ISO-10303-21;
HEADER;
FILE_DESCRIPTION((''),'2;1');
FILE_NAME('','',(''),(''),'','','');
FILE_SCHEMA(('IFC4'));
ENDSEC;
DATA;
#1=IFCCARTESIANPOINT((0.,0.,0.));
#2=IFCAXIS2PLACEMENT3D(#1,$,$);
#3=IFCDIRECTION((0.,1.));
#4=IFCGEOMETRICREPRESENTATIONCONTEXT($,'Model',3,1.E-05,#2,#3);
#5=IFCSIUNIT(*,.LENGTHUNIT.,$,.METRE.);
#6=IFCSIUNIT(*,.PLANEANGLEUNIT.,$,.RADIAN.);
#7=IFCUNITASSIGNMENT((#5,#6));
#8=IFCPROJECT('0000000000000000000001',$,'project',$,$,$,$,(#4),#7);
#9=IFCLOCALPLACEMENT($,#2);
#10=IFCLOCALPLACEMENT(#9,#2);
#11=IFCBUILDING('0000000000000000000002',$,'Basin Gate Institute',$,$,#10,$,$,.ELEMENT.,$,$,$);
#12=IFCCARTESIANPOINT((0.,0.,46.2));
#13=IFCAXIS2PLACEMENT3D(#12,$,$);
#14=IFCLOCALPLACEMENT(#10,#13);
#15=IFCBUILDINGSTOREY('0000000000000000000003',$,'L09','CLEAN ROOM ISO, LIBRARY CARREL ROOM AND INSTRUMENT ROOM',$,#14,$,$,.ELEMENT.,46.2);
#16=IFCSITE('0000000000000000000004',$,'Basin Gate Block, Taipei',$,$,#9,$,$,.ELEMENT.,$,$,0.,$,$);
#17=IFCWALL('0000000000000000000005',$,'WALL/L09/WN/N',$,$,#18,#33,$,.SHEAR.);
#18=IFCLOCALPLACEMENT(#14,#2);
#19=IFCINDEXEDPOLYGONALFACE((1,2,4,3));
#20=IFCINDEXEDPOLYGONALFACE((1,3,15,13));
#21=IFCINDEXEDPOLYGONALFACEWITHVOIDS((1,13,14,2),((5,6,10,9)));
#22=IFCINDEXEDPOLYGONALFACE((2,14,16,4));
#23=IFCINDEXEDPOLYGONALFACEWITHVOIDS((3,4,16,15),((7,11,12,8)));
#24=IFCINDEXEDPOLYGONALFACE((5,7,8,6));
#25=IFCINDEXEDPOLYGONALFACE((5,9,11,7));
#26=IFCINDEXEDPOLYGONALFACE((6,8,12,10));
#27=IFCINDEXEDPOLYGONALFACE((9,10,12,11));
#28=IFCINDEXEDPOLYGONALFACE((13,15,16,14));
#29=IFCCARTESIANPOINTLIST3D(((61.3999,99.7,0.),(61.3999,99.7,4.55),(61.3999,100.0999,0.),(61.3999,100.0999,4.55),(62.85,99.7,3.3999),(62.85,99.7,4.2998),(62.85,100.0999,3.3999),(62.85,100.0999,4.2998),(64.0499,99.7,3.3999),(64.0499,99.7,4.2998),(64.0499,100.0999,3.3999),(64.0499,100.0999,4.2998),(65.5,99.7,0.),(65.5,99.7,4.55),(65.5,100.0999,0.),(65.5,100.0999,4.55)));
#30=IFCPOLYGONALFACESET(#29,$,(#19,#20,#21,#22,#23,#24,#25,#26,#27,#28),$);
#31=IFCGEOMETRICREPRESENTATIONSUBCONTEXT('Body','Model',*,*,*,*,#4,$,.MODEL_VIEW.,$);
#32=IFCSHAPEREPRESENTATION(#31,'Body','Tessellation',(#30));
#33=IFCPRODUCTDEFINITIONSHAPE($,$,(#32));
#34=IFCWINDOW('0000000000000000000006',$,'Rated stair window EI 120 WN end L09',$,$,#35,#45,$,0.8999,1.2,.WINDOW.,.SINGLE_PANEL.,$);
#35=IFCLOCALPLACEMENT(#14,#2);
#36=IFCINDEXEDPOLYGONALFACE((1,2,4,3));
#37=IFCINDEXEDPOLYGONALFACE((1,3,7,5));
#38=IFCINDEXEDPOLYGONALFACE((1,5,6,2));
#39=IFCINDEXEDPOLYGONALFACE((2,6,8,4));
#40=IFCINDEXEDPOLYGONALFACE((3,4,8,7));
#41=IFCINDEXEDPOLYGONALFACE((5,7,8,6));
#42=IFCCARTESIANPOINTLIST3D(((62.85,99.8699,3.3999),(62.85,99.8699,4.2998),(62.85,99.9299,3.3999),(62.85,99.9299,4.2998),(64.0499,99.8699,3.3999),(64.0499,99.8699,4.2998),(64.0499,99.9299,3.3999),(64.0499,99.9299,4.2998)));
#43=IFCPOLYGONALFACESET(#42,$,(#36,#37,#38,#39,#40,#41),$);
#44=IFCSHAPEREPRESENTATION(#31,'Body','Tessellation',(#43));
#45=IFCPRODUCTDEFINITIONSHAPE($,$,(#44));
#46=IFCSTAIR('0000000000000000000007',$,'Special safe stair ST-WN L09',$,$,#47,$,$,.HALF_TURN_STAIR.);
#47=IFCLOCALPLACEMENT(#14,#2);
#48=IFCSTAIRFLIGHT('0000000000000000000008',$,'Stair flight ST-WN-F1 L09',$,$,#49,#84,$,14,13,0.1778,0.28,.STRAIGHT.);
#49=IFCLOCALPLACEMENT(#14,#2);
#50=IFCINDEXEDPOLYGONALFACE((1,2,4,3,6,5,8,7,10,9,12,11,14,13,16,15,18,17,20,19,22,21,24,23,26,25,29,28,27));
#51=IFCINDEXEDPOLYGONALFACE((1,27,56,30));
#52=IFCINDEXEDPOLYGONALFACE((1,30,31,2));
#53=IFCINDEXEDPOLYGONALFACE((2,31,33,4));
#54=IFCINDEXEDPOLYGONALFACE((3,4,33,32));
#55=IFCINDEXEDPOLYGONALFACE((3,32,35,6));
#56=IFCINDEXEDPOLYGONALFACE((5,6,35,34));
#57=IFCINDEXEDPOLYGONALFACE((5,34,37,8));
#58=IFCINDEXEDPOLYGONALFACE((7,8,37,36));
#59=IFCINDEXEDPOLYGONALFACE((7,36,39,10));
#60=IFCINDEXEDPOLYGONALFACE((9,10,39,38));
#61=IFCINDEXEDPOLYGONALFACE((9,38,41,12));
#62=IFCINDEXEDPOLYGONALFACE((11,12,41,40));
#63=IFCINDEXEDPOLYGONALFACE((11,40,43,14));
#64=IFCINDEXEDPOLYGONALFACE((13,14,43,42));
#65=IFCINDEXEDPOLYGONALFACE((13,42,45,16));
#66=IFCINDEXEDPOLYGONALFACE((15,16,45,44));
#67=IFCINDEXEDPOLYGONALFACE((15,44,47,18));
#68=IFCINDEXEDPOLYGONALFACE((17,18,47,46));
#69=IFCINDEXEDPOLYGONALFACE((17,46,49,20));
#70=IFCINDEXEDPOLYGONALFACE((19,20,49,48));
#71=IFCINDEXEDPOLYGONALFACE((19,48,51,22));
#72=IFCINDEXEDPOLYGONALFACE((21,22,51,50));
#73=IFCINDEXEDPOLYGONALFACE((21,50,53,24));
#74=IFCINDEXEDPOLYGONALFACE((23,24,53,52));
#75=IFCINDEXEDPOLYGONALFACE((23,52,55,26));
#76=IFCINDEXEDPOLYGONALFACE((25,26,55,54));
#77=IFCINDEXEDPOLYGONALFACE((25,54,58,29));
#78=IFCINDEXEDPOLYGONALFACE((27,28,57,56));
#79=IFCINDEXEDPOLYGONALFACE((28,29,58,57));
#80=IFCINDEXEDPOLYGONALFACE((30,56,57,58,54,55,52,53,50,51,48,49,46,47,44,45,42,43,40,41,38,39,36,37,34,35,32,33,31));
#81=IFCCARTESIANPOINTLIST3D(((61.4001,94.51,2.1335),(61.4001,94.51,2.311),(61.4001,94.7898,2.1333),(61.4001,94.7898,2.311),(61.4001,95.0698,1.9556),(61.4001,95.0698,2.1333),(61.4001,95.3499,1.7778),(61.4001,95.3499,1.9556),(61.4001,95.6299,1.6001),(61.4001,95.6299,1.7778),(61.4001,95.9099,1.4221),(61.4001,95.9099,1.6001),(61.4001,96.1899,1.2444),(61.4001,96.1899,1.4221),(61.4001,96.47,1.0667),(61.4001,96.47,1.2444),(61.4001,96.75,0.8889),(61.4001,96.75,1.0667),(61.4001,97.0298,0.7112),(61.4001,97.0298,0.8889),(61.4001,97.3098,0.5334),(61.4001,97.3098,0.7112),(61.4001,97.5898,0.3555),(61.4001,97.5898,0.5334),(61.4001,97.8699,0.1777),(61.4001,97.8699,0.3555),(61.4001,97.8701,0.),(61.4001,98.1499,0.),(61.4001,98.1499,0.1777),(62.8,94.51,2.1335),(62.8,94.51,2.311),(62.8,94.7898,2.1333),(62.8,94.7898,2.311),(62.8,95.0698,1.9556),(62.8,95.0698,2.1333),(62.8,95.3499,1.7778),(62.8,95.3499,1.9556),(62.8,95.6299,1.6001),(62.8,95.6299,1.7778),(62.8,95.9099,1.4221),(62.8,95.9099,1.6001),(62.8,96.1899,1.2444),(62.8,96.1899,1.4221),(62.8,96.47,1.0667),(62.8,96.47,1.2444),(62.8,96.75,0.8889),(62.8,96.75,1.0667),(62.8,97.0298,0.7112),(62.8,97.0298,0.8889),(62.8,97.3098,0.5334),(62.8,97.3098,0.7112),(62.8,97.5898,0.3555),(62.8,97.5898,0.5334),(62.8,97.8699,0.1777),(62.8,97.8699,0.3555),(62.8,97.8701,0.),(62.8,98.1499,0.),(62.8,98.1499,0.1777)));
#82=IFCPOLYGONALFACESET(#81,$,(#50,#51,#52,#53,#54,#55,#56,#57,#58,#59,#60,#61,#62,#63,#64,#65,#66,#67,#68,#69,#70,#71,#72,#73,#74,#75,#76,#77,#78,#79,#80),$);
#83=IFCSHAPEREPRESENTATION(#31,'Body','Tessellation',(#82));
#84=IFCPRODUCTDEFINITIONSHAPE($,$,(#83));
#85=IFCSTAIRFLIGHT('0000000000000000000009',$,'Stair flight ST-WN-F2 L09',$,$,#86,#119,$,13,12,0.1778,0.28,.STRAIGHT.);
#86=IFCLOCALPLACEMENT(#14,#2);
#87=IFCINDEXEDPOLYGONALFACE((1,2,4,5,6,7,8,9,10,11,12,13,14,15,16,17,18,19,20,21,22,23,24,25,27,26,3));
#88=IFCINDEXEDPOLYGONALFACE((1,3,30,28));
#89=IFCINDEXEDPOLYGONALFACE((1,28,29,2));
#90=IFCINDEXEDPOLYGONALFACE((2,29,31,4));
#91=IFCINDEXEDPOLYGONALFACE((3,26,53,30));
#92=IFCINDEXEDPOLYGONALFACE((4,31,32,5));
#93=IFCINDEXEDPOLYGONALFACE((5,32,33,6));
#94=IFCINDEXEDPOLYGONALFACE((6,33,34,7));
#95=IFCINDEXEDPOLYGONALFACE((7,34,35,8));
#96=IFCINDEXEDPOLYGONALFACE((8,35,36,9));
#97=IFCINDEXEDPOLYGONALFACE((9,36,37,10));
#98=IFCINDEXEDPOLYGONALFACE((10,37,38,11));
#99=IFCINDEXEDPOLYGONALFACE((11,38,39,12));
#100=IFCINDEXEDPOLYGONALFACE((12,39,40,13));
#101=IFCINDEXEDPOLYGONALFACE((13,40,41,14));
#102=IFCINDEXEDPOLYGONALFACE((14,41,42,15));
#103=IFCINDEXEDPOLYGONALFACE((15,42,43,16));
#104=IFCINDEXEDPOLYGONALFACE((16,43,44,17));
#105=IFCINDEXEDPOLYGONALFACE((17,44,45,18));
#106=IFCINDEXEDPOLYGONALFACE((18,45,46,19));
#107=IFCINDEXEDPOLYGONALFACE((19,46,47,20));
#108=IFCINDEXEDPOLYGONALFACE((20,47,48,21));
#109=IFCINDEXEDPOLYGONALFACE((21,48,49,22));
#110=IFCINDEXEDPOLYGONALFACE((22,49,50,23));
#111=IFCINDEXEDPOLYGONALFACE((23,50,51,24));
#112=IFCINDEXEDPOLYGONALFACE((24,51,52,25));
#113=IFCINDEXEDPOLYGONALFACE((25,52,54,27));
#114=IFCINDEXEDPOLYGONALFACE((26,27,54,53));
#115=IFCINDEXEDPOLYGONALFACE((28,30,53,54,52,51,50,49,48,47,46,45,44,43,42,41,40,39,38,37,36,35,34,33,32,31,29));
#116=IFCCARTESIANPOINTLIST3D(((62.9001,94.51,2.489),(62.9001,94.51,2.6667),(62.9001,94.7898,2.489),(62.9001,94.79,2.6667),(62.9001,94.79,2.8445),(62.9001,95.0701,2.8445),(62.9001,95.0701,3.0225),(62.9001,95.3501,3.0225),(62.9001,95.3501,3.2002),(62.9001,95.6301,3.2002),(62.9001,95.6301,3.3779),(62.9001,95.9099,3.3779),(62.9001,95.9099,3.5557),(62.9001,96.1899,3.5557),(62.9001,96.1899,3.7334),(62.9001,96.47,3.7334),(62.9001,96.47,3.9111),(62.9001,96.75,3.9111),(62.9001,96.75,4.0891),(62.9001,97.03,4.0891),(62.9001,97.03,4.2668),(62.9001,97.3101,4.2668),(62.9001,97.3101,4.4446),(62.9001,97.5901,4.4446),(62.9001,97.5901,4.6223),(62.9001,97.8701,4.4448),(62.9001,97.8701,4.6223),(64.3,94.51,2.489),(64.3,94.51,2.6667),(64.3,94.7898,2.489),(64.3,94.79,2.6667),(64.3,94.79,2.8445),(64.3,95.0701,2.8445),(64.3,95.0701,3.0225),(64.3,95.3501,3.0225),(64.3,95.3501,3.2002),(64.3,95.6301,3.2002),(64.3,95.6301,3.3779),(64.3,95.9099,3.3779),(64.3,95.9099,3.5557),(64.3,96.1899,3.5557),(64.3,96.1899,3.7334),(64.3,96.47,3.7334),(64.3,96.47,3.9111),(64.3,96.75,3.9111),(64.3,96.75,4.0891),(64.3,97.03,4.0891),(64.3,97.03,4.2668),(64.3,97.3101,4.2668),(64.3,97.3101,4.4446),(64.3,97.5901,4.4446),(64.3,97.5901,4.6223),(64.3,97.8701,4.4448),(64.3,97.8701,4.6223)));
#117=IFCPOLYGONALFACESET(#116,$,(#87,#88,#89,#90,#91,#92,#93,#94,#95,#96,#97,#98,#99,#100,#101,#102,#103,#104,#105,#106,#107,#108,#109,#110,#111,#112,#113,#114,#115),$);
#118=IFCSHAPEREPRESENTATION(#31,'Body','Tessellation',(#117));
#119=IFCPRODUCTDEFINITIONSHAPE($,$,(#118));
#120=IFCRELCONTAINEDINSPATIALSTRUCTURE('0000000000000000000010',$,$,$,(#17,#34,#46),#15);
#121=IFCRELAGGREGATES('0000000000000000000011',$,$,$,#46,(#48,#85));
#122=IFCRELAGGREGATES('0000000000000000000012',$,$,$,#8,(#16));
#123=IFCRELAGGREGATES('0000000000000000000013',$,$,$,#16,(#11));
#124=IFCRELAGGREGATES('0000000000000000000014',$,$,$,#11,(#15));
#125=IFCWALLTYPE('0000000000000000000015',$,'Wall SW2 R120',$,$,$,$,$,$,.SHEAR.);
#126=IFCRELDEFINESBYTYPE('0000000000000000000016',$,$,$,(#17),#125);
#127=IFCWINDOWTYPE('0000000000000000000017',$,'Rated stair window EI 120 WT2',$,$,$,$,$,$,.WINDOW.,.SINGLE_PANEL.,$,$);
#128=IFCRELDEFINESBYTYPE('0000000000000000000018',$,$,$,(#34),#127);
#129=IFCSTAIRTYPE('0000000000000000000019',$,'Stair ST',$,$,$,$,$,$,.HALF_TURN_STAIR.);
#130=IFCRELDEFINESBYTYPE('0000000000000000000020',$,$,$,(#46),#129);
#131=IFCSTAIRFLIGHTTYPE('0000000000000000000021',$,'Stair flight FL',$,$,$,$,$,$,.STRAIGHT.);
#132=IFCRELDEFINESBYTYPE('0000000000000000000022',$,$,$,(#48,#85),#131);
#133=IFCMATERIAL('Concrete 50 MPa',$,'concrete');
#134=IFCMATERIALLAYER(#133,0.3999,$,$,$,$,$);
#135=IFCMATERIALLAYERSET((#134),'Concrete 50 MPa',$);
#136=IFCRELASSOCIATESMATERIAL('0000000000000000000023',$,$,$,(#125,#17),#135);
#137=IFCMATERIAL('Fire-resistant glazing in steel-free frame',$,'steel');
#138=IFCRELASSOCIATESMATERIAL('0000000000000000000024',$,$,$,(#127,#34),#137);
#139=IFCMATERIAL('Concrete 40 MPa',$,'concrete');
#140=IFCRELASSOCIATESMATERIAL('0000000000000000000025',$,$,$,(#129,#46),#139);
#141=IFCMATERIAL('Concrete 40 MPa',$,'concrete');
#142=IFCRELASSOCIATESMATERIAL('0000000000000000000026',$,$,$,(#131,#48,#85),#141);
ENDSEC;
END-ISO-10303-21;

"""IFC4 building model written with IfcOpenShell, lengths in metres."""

from ifc_helpers import new_model, si_unit, direction, frame, frame_2d, origin, place, context, subcontext, project, spatial, polyline, rectangle, outline, extrude, material, layer, layer_set, type_object, element, fill, aggregate, save


model = new_model("IFC4")

# Units and contexts
model_context = context("Model", 3, precision=1e-05, world=origin(), true_north=direction((0.0, 1.0)))
body_context = subcontext(model_context, "Body", "Model", "MODEL_VIEW")
ifc_project = project(units=[si_unit("LENGTHUNIT", "METRE"), si_unit("PLANEANGLEUNIT", "RADIAN")], contexts=[model_context])

# Site, building, storey
site_placement = place(None, origin())
site = spatial("IfcSite", under=ifc_project, at=site_placement, Name="Basin Gate Block, Taipei", CompositionType="ELEMENT", RefElevation=0.0)
building_placement = place(site_placement, origin())
building = spatial("IfcBuilding", under=site, at=building_placement, Name="Basin Gate Institute", CompositionType="ELEMENT")
storey_placement = place(building_placement, frame((0.0, 0.0, 46.2)))
storey = spatial("IfcBuildingStorey", under=building, at=storey_placement, Name="L09", Description="CLEAN ROOM ISO, LIBRARY CARREL ROOM AND INSTRUMENT ROOM", CompositionType="ELEMENT", Elevation=46.2)

# Shared definitions
ifc_material_1 = material(Name="Concrete 50 MPa", Category="concrete")
ifc_layer_1 = layer(ifc_material_1, 0.3999)
ifc_layer_set_1 = layer_set([ifc_layer_1], Name="Concrete 50 MPa")
wall_type_1 = type_object("IfcWallType", Name="Wall SW2 R120", PredefinedType="SHEAR", material=ifc_layer_set_1)
ifc_material_2 = material(Name="Fire-resistant glazing in steel-free frame", Category="steel")
window_type = type_object("IfcWindowType", Name="Rated stair window EI 120 WT2", PartitioningType="SINGLE_PANEL", PredefinedType="WINDOW", material=ifc_material_2)

# Wall, opening, window
wall_1_placement = place(storey_placement, frame((61.3999, 99.8999, 0.0), z_axis=(0.0, 0.0, 1.0), x_axis=(1.0, 0.0, 0.0)))
wall_1 = element("IfcWall", 1, at=wall_1_placement, inside=storey, type_object=wall_type_1, material=ifc_layer_set_1, Name="WALL/L09/WN/N", PredefinedType="SHEAR", context=body_context, shape_type="SweptSolid", body=[
    extrude(rectangle(XDim=4.1001, YDim=0.3999, at=frame_2d((2.05, 0.0))), origin(), (0.0, 0.0, 1.0), 4.55),
])
opening_1_placement = place(wall_1_placement, frame((1.45, 0.0, 3.3999)))
opening_1 = element("IfcOpeningElement", 2, at=opening_1_placement, cuts=wall_1, PredefinedType="OPENING", context=body_context, shape_type="SweptSolid", body=[
    extrude(rectangle(XDim=1.2, YDim=0.8999, at=frame_2d((0.6001, 0.45))), frame((0.0, 0.21, 0.0), z_axis=(0.0, -1.0, 0.0), x_axis=(1.0, 0.0, 0.0)), (0.0, 0.0, 1.0), 0.4199),
])
window_1_placement = place(opening_1_placement, origin())
window_1 = element("IfcWindow", 3, at=window_1_placement, inside=storey, type_object=window_type, material=ifc_material_2, Name="Rated stair window EI 120 WN end L09", OverallHeight=0.8999, OverallWidth=1.2, PartitioningType="SINGLE_PANEL", PredefinedType="WINDOW", context=body_context, shape_type="SweptSolid", body=[
    extrude(rectangle(XDim=1.2, YDim=0.8999, at=frame_2d((0.6001, 0.45))), frame((0.0, 0.03, 0.0), z_axis=(0.0, -1.0, 0.0), x_axis=(1.0, 0.0, 0.0)), (0.0, 0.0, 1.0), 0.0601),
])
fill(opening_1, window_1)

# Stair, stair flights
ifc_material_3 = material(Name="Concrete 40 MPa", Category="concrete")
stair_type = type_object("IfcStairType", Name="Stair ST", PredefinedType="HALF_TURN_STAIR", material=ifc_material_3)
stair_placement = place(storey_placement, origin())
stair = element("IfcStair", 4, at=stair_placement, inside=storey, type_object=stair_type, material=ifc_material_3, Name="Special safe stair ST-WN L09", PredefinedType="HALF_TURN_STAIR")
ifc_material_4 = material(Name="Concrete 40 MPa", Category="concrete")
stair_flight_type = type_object("IfcStairFlightType", Name="Stair flight FL", PredefinedType="STRAIGHT", material=ifc_material_4)
stair_flight_1_placement = place(storey_placement, frame((62.1001, 98.1499, 0.0), z_axis=(0.0, 0.0, 1.0), x_axis=(0.0, -1.0, 0.0)))
stair_flight_1 = element("IfcStairFlight", 5, at=stair_flight_1_placement, type_object=stair_flight_type, material=ifc_material_4, Name="Stair flight ST-WN-F1 L09", NumberOfRisers=14, NumberOfTreads=13, PredefinedType="STRAIGHT", RiserHeight=0.1778, TreadLength=0.28, context=body_context, shape_type="SweptSolid", body=[
    extrude(outline(polyline([(0.0, 0.0), (0.0, 0.1777), (0.28, 0.1777), (0.28, 0.3555), (0.5601, 0.3555), (0.5601, 0.5334), (0.8401, 0.5334), (0.8401, 0.7112), (1.1201, 0.7112), (1.1201, 0.8889), (1.3999, 0.8889), (1.3999, 1.0667), (1.6799, 1.0667), (1.6799, 1.2444), (1.96, 1.2444), (1.96, 1.4221), (2.24, 1.4221), (2.24, 1.6001), (2.52, 1.6001), (2.52, 1.7778), (2.8, 1.7778), (2.8, 1.9556), (3.0801, 1.9556), (3.0801, 2.1333), (3.3601, 2.1333), (3.3601, 2.311), (3.6399, 2.311), (3.6399, 2.4888), (3.6399, 2.1335), (0.2798, 0.0), (0.0, 0.0)])), frame((0.0, 0.7, 0.0), z_axis=(0.0, -1.0, 0.0), x_axis=(1.0, 0.0, 0.0)), (0.0, 0.0, 1.0), 1.3999),
])
stair_flight_2_placement = place(storey_placement, frame((63.6001, 94.51, 2.489), z_axis=(0.0, 0.0, 1.0), x_axis=(0.0, 1.0, 0.0)))
stair_flight_2 = element("IfcStairFlight", 6, at=stair_flight_2_placement, type_object=stair_flight_type, material=ifc_material_4, Name="Stair flight ST-WN-F2 L09", NumberOfRisers=13, NumberOfTreads=12, PredefinedType="STRAIGHT", RiserHeight=0.1778, TreadLength=0.28, context=body_context, shape_type="SweptSolid", body=[
    extrude(outline(polyline([(0.0, 0.0), (0.0, 0.1777), (0.28, 0.1777), (0.28, 0.3555), (0.5601, 0.3555), (0.5601, 0.5334), (0.8401, 0.5334), (0.8401, 0.7112), (1.1201, 0.7112), (1.1201, 0.8889), (1.3999, 0.8889), (1.3999, 1.0667), (1.6799, 1.0667), (1.6799, 1.2444), (1.96, 1.2444), (1.96, 1.4221), (2.24, 1.4221), (2.24, 1.6001), (2.52, 1.6001), (2.52, 1.7778), (2.8, 1.7778), (2.8, 1.9556), (3.0801, 1.9556), (3.0801, 2.1333), (3.3601, 2.1333), (3.3601, 2.311), (3.3601, 1.9558), (0.2798, 0.0), (0.0, 0.0)])), frame((0.0, 0.7, 0.0), z_axis=(0.0, -1.0, 0.0), x_axis=(1.0, 0.0, 0.0)), (0.0, 0.0, 1.0), 1.3999),
])
aggregate(stair, [stair_flight_1, stair_flight_2])

save(model, "model.ifc")
